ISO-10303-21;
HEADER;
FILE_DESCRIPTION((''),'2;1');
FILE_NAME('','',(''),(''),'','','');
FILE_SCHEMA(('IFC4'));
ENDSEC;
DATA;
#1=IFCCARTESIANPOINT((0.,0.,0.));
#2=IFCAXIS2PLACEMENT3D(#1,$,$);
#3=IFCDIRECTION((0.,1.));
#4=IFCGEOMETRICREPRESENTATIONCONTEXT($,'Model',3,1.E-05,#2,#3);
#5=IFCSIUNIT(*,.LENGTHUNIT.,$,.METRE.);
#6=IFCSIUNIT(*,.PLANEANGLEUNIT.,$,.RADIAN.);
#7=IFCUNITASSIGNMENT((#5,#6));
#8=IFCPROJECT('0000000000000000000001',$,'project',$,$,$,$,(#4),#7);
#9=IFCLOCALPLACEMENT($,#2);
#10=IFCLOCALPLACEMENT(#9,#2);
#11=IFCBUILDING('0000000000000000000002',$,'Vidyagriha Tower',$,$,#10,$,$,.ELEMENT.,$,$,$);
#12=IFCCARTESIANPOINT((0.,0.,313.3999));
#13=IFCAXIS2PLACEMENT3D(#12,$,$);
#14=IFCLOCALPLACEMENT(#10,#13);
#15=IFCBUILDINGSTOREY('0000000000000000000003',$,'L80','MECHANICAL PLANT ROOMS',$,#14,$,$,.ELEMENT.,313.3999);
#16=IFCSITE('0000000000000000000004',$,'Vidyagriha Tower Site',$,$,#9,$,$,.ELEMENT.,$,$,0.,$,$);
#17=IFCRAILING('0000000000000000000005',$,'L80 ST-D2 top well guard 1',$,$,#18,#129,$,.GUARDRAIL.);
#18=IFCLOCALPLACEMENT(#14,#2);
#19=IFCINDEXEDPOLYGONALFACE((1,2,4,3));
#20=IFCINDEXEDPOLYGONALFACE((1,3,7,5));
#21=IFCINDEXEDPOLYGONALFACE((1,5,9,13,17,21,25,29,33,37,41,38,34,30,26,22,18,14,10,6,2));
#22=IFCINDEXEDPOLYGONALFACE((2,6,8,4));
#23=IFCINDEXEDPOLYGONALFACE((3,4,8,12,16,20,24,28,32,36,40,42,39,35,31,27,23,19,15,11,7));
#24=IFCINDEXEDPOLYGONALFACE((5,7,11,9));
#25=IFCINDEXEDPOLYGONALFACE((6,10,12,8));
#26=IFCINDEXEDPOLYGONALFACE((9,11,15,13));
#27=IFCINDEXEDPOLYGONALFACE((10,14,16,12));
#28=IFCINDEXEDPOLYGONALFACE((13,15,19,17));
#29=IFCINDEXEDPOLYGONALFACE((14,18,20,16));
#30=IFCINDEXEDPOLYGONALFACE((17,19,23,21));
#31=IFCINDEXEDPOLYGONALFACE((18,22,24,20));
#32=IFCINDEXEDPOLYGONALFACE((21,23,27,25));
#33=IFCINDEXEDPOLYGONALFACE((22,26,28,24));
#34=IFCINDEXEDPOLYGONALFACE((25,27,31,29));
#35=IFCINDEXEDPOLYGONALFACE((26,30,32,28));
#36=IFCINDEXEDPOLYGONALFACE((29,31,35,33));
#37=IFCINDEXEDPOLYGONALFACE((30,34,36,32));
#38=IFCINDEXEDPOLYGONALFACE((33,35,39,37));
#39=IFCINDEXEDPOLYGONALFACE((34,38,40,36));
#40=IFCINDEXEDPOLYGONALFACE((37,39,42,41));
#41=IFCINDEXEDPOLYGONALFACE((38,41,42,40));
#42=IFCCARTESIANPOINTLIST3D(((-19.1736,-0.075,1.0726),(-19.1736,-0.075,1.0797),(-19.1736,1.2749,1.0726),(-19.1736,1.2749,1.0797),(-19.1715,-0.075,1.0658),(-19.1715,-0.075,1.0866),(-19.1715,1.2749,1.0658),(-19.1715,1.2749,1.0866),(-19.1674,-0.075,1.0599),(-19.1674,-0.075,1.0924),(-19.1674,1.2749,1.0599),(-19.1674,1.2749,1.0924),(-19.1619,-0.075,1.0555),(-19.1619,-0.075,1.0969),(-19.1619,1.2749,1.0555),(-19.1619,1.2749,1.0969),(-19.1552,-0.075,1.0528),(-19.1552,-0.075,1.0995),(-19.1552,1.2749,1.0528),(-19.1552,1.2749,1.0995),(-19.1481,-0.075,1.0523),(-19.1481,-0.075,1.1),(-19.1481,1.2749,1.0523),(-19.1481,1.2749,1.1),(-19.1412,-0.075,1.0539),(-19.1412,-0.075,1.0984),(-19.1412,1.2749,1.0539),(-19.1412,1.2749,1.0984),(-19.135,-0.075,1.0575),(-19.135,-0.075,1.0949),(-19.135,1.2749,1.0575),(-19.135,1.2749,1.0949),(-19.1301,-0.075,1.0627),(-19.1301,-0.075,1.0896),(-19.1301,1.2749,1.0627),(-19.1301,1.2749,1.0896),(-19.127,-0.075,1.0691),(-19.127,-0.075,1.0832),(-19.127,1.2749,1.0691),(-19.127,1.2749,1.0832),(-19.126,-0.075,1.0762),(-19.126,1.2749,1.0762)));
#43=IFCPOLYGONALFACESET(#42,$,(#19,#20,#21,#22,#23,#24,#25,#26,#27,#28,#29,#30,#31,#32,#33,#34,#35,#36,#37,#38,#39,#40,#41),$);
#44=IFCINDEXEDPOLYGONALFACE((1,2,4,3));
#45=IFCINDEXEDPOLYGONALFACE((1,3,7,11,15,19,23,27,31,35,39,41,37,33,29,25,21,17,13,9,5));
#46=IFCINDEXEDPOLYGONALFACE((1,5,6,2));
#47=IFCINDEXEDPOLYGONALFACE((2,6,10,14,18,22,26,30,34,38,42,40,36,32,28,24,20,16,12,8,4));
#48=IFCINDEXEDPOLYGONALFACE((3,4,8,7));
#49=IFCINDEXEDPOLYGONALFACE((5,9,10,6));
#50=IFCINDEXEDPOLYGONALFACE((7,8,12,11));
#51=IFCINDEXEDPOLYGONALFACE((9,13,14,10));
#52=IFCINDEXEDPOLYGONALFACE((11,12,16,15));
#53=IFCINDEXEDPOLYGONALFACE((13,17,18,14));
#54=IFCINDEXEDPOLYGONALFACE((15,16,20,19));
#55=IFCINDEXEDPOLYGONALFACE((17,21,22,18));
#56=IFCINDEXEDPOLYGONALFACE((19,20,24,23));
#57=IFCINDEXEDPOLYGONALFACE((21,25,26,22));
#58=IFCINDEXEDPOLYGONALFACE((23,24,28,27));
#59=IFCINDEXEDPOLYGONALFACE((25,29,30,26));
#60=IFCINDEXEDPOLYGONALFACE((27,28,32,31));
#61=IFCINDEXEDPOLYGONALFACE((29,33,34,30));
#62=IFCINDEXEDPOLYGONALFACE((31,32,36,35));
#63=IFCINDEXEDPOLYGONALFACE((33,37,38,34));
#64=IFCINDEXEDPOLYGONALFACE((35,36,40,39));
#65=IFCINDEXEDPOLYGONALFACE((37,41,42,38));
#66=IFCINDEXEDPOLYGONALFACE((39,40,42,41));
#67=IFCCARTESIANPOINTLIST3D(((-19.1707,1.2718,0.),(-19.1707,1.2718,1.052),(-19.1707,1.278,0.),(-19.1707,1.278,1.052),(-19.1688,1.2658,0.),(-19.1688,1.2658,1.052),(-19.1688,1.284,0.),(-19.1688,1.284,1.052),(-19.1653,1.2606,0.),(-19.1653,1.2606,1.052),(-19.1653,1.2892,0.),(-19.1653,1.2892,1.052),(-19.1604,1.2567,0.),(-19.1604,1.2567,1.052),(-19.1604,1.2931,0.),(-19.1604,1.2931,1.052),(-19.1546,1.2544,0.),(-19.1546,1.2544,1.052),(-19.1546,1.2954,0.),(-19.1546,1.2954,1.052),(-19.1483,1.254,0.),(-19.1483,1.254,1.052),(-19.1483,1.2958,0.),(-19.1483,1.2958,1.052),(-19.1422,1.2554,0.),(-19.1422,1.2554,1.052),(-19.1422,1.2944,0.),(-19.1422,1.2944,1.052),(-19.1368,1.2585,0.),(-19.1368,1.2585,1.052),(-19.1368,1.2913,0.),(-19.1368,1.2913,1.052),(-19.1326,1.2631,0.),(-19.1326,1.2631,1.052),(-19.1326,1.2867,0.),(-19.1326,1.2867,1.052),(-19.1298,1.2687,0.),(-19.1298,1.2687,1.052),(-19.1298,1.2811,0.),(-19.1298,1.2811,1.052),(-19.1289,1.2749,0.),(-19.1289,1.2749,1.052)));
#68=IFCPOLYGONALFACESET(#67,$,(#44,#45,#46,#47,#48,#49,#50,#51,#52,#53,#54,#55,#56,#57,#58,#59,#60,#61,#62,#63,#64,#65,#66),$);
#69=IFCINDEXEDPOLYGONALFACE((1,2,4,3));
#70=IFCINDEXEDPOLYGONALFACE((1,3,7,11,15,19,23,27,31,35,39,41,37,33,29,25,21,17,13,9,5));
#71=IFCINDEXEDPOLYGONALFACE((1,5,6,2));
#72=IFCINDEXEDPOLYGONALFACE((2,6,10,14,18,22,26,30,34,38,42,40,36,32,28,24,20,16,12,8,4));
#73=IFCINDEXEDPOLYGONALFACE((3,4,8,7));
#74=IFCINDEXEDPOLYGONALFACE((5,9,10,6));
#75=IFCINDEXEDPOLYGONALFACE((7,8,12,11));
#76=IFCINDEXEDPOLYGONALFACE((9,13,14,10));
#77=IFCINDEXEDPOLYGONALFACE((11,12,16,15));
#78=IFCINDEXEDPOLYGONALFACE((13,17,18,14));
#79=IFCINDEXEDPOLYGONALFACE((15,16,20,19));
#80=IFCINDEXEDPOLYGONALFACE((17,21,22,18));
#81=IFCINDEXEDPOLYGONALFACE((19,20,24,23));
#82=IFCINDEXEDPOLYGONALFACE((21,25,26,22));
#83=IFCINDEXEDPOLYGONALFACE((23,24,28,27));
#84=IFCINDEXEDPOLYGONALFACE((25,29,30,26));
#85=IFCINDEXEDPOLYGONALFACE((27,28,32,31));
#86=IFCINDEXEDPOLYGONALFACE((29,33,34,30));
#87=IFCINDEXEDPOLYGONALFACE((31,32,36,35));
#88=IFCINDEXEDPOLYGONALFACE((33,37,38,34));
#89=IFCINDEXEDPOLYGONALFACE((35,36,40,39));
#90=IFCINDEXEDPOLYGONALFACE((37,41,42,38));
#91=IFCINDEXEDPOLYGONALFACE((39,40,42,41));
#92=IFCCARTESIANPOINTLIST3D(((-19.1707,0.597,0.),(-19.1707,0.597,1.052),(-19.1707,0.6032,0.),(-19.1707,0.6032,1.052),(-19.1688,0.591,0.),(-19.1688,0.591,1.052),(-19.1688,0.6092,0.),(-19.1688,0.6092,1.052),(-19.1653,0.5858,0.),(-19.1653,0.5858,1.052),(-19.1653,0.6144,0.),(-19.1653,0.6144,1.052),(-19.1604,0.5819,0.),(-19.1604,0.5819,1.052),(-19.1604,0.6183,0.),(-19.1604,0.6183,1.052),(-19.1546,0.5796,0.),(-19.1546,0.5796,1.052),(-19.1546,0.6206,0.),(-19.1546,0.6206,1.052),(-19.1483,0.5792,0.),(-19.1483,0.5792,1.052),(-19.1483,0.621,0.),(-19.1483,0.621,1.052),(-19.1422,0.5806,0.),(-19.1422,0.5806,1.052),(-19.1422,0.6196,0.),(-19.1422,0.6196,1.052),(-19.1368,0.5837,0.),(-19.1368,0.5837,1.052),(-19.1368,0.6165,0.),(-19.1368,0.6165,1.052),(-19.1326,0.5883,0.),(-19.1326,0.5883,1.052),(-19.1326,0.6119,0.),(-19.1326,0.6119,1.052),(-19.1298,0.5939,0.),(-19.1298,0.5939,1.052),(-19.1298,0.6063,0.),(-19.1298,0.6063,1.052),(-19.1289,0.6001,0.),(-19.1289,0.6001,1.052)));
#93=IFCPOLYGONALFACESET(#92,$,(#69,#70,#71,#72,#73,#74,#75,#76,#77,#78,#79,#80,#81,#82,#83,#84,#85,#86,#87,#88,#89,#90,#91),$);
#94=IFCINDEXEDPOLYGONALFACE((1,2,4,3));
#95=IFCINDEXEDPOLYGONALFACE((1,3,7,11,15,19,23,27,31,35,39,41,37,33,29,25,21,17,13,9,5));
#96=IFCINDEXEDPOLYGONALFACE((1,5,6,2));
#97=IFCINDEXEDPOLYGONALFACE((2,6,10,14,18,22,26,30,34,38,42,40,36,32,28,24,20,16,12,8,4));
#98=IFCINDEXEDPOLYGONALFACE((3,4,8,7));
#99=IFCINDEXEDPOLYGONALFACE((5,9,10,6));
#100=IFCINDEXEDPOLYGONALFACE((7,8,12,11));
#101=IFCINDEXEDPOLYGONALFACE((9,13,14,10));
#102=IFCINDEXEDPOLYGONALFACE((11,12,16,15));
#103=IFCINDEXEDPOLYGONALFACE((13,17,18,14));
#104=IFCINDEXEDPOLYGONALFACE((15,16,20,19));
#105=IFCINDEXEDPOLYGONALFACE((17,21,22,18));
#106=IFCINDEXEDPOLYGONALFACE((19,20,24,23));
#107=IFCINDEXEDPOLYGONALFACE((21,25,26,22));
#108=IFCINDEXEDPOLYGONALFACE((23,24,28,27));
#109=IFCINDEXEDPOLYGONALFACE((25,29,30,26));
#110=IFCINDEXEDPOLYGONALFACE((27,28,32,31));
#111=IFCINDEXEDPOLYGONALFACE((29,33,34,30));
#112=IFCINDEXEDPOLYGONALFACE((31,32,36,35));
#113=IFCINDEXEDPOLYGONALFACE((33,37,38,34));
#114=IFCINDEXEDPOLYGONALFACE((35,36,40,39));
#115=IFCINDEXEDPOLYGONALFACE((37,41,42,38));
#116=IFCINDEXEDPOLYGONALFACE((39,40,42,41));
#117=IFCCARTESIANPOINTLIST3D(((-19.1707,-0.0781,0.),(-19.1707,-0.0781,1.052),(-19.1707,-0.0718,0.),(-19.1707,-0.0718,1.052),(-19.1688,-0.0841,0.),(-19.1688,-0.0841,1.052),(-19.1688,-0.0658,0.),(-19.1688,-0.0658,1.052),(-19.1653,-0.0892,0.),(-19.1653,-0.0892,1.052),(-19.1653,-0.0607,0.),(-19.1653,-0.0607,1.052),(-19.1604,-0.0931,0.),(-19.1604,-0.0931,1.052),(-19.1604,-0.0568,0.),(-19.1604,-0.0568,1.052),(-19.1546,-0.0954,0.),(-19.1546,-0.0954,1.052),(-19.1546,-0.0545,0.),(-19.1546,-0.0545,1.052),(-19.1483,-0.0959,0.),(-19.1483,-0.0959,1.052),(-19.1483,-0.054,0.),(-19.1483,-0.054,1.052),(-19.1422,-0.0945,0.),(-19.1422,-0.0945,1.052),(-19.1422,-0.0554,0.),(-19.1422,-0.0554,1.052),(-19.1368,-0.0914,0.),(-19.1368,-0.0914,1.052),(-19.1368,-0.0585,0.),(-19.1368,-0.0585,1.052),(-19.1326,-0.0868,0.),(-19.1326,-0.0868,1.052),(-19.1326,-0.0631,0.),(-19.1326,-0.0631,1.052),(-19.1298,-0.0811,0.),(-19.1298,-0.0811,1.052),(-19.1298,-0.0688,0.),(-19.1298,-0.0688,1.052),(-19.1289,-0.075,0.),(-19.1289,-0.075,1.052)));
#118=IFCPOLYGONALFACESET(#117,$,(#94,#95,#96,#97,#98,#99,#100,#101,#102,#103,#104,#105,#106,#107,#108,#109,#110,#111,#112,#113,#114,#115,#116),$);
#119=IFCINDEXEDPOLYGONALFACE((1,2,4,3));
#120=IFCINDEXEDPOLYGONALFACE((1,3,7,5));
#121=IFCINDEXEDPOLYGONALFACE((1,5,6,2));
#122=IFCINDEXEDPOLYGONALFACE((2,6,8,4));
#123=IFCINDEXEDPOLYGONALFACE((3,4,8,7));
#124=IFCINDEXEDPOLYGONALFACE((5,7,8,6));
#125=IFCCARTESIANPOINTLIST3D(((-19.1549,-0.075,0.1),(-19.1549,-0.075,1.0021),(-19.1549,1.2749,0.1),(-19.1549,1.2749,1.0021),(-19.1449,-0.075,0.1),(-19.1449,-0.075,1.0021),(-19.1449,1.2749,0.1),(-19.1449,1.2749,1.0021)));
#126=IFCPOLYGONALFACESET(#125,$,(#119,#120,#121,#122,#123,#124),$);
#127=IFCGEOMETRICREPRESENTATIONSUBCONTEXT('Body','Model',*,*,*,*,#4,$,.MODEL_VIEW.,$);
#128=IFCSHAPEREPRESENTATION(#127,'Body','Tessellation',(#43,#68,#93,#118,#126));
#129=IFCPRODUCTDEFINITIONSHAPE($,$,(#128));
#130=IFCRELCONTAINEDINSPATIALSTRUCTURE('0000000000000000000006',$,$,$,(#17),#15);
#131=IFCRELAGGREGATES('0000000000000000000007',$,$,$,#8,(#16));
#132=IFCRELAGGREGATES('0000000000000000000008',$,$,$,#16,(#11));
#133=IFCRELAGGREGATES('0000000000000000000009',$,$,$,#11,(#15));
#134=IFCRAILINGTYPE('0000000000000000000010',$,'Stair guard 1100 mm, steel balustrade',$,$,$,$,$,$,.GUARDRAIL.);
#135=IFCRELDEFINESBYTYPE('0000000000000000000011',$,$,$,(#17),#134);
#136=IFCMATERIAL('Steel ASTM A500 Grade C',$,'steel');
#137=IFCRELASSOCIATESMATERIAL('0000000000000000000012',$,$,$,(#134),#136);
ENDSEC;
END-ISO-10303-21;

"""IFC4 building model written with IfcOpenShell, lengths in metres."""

from ifc_helpers import new_model, si_unit, direction, frame, origin, origin_2d, place, context, subcontext, project, spatial, rectangle, circle, extrude, material, type_object, element, save


model = new_model("IFC4")

# Units and contexts
model_context = context("Model", 3, precision=1e-05, world=origin(), true_north=direction((0.0, 1.0)))
body_context = subcontext(model_context, "Body", "Model", "MODEL_VIEW")
ifc_project = project(units=[si_unit("LENGTHUNIT", "METRE"), si_unit("PLANEANGLEUNIT", "RADIAN")], contexts=[model_context])

# Site, building, storey
site_placement = place(None, origin())
site = spatial("IfcSite", under=ifc_project, at=site_placement, Name="Vidyagriha Tower Site", CompositionType="ELEMENT", RefElevation=0.0)
building_placement = place(site_placement, origin())
building = spatial("IfcBuilding", under=site, at=building_placement, Name="Vidyagriha Tower", CompositionType="ELEMENT")
storey_placement = place(building_placement, frame((0.0, 0.0, 313.3999)))
storey = spatial("IfcBuildingStorey", under=building, at=storey_placement, Name="L80", Description="MECHANICAL PLANT ROOMS", CompositionType="ELEMENT", Elevation=313.3999)

# Railing
ifc_material_1 = material(Name="Steel ASTM A500 Grade C", Category="steel")
railing_type = type_object("IfcRailingType", Name="Stair guard 1100 mm, steel balustrade", PredefinedType="GUARDRAIL", material=ifc_material_1)
railing_1_placement = place(storey_placement, frame((-19.1499, 1.2749, 0.0)))
element("IfcRailing", 1, at=railing_1_placement, inside=storey, type_object=railing_type, Name="L80 ST-D2 top well guard 1", PredefinedType="GUARDRAIL", context=body_context, shape_type="SweptSolid", body=[
    extrude(circle(Radius=0.0239, at=origin_2d()), frame((0.0, 0.0, 1.0762), z_axis=(0.0, -1.0, 0.0), x_axis=(1.0, 0.0, 0.0)), (0.0, 0.0, 1.0), 1.3499),
    extrude(circle(Radius=0.021, at=origin_2d()), origin(), (0.0, 0.0, 1.0), 1.052),
    extrude(circle(Radius=0.021, at=origin_2d()), frame((0.0, -0.6748, 0.0)), (0.0, 0.0, 1.0), 1.052),
    extrude(circle(Radius=0.021, at=origin_2d()), frame((0.0, -1.3499, 0.0)), (0.0, 0.0, 1.0), 1.052),
    extrude(rectangle(XDim=0.01, YDim=0.9021, at=origin_2d()), frame((0.0, 0.0, 0.551), z_axis=(0.0, -1.0, 0.0), x_axis=(1.0, 0.0, 0.0)), (0.0, 0.0, 1.0), 1.3499),
])

save(model, "model.ifc")
